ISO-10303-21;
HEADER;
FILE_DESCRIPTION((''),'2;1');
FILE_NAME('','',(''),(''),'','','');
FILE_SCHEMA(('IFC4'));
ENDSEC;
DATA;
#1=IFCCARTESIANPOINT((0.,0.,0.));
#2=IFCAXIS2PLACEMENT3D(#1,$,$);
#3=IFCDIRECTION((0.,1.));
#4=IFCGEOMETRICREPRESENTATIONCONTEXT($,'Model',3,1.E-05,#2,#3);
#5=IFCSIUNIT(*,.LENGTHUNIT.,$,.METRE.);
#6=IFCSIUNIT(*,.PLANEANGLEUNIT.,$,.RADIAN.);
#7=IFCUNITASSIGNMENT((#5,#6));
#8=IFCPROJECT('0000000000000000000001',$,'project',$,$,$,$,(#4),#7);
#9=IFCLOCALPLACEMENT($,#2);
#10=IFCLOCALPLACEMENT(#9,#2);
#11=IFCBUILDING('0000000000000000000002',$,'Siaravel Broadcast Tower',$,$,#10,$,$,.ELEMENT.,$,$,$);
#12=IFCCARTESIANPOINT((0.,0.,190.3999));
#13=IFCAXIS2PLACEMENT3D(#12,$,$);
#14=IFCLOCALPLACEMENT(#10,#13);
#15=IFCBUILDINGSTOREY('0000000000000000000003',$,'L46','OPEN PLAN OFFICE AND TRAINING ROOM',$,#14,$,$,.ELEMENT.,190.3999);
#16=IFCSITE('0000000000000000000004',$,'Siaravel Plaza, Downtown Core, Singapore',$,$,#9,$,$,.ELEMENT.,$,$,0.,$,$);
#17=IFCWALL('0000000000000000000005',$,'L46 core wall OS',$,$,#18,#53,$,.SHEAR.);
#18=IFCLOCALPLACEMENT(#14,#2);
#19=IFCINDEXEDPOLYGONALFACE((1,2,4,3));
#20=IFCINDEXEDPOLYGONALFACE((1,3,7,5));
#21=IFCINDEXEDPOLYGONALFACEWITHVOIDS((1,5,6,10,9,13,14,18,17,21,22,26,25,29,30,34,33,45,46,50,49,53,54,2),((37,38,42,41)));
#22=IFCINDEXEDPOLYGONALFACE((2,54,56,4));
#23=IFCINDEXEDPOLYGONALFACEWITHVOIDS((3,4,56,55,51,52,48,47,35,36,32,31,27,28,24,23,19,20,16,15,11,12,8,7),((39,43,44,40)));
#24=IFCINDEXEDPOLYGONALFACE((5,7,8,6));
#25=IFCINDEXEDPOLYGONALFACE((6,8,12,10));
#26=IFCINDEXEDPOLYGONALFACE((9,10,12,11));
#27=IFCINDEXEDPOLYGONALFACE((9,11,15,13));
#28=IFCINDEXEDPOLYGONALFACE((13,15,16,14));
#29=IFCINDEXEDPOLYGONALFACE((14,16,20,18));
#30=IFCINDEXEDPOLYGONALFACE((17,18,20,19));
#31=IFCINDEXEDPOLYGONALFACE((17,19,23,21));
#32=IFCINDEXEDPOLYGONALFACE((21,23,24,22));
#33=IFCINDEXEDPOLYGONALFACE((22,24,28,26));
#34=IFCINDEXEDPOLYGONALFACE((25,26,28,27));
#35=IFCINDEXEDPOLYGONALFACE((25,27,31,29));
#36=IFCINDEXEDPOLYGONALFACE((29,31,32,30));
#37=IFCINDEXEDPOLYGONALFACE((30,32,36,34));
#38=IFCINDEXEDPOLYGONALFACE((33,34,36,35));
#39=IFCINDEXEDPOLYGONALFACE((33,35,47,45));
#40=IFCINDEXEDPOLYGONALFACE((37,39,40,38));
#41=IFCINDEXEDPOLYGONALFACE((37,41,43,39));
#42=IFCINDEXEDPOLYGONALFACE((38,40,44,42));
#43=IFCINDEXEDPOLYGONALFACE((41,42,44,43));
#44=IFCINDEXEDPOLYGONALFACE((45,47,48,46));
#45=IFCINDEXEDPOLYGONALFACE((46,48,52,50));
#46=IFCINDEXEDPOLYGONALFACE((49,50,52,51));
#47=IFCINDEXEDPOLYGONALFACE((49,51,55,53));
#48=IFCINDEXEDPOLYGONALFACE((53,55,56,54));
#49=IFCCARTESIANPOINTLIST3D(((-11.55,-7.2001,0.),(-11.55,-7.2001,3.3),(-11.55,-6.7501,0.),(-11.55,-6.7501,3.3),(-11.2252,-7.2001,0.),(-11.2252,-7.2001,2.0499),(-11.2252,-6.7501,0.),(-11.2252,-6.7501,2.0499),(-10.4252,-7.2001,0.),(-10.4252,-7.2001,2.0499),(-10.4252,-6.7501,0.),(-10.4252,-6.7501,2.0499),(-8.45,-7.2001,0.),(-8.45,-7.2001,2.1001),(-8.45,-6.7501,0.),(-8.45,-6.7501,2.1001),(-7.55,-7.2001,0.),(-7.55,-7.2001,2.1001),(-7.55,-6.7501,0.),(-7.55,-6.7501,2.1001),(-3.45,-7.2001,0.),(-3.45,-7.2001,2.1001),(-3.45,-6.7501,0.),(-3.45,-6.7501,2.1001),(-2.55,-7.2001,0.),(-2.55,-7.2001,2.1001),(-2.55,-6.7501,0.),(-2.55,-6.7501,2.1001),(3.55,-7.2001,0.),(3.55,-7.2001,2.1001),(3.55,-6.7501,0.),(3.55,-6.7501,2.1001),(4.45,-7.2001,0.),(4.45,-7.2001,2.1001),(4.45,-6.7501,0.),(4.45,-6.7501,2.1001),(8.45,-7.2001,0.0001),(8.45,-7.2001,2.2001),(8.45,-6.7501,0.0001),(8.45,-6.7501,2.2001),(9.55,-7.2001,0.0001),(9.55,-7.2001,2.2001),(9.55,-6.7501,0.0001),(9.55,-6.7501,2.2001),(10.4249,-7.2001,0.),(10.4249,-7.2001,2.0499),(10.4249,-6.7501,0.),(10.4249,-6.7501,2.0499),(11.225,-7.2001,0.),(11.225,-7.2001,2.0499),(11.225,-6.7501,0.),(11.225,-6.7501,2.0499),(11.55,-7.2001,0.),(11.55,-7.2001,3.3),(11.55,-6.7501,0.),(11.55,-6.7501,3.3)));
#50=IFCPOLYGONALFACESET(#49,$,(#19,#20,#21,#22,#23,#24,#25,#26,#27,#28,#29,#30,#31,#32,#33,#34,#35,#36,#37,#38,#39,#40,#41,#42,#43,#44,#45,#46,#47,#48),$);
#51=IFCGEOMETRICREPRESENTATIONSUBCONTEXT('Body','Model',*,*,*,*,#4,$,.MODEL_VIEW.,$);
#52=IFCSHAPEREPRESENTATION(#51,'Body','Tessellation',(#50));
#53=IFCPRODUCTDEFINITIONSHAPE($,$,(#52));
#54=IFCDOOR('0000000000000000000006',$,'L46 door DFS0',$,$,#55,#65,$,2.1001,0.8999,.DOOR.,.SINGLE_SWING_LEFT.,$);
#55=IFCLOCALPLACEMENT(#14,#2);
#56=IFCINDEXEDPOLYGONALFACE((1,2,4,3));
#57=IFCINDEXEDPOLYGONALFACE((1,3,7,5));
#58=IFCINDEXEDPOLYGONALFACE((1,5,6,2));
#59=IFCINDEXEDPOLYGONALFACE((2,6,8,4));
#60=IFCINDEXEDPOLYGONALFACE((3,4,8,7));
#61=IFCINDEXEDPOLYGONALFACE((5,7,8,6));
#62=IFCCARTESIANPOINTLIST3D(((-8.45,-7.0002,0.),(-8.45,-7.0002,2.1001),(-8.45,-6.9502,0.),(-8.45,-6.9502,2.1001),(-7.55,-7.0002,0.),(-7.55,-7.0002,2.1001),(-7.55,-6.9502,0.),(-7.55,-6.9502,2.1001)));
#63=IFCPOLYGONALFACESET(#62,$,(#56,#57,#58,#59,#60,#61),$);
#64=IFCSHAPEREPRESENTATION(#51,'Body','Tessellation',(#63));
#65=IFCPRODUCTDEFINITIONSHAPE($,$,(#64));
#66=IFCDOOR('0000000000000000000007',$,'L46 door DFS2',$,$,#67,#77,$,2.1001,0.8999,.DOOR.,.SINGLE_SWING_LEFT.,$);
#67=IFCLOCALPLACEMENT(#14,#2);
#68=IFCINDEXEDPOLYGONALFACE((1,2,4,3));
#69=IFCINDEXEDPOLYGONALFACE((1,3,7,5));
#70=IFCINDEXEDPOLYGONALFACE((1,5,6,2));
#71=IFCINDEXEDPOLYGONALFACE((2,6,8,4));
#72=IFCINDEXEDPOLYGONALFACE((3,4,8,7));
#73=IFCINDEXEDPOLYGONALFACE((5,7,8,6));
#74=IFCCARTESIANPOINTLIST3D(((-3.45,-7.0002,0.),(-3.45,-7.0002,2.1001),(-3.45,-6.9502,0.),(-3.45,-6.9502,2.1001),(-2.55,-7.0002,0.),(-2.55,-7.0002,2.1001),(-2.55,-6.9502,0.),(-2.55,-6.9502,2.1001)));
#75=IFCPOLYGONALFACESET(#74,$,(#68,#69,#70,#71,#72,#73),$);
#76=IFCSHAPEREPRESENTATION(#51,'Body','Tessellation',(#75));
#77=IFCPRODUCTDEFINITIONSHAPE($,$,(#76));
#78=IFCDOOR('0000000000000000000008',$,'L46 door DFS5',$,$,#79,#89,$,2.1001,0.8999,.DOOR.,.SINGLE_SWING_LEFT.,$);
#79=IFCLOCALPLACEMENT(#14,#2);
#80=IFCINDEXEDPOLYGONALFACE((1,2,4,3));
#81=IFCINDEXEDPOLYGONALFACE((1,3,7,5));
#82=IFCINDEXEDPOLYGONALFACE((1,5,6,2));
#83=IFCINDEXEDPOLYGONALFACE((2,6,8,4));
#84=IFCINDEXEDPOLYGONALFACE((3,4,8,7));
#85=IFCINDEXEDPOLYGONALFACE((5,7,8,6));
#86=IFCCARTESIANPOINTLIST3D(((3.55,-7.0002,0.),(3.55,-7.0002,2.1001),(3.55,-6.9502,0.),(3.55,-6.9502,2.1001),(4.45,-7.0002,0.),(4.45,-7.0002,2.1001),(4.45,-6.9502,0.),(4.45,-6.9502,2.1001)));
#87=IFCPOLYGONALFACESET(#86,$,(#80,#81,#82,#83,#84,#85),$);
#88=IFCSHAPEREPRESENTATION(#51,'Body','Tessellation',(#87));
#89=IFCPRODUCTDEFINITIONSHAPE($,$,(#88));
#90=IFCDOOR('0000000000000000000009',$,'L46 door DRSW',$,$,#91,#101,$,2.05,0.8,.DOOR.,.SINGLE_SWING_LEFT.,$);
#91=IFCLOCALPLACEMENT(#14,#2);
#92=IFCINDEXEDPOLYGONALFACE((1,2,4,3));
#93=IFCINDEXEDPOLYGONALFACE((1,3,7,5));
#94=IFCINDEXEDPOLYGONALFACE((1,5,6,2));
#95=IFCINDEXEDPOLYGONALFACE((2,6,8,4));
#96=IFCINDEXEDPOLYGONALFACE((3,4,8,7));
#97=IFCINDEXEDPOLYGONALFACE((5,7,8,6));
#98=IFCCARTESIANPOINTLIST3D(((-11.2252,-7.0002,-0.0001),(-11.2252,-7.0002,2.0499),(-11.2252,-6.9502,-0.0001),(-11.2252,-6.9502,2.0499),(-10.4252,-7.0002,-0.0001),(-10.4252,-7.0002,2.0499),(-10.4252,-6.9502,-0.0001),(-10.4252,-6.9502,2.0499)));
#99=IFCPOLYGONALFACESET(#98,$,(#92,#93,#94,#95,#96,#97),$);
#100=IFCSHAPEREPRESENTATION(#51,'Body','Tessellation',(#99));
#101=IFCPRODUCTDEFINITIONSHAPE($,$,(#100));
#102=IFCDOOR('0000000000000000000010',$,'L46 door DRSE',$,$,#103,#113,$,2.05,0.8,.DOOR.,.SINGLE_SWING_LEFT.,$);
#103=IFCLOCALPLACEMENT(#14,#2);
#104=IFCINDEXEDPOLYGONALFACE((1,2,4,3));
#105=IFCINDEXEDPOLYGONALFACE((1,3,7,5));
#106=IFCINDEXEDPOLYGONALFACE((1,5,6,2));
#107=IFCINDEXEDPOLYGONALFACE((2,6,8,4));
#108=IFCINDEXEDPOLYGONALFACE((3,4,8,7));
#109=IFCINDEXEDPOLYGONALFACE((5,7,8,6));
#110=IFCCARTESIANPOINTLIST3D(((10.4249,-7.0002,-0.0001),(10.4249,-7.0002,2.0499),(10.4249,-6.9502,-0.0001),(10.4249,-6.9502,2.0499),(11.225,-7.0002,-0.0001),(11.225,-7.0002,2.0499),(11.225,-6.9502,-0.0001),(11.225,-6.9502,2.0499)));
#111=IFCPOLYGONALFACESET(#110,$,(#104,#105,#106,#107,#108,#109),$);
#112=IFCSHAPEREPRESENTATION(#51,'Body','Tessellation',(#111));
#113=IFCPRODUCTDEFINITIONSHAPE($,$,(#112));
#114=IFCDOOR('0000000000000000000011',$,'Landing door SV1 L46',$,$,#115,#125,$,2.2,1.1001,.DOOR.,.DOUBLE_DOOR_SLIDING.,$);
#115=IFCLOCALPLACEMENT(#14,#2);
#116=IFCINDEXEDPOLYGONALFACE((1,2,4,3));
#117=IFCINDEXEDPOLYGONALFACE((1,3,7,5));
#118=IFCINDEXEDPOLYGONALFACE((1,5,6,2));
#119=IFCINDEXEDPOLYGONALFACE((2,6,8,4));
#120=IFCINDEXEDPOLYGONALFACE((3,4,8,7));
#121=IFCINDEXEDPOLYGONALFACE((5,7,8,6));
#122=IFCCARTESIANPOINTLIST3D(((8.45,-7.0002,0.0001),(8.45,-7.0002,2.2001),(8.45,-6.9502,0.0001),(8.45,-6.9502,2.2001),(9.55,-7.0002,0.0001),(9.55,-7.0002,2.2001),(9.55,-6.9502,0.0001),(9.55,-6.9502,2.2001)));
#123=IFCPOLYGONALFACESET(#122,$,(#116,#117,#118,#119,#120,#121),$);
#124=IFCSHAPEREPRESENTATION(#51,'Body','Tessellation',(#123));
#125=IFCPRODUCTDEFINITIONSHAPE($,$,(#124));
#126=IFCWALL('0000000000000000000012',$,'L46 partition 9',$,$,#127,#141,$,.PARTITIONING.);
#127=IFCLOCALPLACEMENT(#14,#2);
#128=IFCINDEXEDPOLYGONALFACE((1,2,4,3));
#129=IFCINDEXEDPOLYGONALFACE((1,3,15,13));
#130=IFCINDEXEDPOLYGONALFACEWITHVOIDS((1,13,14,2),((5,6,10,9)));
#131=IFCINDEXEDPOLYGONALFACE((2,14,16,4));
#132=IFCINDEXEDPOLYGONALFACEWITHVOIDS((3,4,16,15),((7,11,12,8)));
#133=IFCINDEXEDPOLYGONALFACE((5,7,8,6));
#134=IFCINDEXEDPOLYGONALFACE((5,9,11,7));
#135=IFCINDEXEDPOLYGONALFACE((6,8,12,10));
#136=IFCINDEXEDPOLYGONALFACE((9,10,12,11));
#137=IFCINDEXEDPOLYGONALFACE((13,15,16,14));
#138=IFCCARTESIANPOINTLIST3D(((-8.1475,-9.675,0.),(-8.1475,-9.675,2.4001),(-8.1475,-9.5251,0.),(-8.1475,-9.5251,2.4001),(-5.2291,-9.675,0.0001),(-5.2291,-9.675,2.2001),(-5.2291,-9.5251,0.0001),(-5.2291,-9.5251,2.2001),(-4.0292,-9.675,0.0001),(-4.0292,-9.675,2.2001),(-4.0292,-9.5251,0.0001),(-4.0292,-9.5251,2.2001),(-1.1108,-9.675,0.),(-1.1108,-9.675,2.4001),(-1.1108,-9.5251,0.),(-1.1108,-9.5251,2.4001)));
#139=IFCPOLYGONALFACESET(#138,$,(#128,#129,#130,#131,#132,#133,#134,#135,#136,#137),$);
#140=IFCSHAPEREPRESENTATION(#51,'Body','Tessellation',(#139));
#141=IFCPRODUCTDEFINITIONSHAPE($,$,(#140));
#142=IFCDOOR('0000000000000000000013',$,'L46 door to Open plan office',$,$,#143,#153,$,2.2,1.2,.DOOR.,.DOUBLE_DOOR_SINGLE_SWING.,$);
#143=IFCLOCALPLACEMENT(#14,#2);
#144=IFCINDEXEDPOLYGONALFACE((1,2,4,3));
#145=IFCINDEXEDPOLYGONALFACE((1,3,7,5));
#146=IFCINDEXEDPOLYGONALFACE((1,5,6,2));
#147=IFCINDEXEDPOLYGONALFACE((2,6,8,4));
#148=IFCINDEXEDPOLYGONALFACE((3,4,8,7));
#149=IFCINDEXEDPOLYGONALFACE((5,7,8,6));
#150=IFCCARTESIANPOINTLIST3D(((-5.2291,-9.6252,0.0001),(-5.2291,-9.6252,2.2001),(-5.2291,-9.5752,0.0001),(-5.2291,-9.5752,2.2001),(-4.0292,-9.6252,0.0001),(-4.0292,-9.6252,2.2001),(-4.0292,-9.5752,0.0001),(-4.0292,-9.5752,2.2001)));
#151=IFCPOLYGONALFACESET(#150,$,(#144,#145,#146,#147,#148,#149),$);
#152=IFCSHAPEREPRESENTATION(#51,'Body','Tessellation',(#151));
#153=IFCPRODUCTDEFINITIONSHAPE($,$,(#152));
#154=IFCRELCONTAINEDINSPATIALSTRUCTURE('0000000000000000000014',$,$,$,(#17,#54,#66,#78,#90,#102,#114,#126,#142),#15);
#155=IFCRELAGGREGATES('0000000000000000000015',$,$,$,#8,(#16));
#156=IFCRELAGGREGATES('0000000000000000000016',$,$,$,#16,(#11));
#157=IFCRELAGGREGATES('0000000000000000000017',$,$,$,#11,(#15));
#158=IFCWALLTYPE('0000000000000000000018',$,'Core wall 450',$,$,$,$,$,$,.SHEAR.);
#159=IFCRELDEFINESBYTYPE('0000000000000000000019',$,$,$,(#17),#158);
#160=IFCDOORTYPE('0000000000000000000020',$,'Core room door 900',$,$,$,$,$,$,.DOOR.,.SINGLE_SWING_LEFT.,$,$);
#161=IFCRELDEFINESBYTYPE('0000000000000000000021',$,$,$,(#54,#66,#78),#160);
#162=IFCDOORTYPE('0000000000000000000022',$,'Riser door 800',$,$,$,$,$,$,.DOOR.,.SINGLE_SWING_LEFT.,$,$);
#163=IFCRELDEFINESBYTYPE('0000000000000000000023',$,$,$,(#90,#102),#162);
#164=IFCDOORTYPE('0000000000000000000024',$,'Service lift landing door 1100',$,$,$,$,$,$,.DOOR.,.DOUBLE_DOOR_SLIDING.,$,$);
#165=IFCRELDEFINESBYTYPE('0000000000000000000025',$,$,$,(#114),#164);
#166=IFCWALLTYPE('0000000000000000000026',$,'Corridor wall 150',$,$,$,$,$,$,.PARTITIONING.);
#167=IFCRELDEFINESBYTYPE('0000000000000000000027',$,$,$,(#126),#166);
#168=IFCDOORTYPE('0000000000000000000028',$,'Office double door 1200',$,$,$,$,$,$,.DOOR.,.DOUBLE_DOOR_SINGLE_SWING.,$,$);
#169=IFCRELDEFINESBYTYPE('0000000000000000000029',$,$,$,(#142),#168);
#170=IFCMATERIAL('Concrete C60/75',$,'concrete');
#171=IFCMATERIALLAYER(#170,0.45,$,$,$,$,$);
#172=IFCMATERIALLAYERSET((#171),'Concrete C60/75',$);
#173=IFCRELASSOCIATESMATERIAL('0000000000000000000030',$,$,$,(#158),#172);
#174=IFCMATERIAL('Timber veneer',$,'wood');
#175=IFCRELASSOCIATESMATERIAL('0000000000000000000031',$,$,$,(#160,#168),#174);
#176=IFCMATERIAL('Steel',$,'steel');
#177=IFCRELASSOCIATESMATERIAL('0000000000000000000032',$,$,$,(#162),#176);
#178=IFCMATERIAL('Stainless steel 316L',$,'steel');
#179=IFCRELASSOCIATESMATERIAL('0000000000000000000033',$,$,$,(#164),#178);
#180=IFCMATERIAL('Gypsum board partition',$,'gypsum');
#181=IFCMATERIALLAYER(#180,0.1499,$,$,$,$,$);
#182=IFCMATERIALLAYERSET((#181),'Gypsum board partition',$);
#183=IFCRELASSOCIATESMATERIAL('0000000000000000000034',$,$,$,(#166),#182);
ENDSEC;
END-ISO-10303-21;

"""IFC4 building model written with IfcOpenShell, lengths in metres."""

from ifc_helpers import new_model, si_unit, direction, frame, frame_2d, origin, place, context, subcontext, project, spatial, rectangle, extrude, material, layer, layer_set, type_object, element, fill, save


model = new_model("IFC4")

# Units and contexts
model_context = context("Model", 3, precision=1e-05, world=origin(), true_north=direction((0.0, 1.0)))
body_context = subcontext(model_context, "Body", "Model", "MODEL_VIEW")
ifc_project = project(units=[si_unit("LENGTHUNIT", "METRE"), si_unit("PLANEANGLEUNIT", "RADIAN")], contexts=[model_context])

# Site, building, storey
site_placement = place(None, origin())
site = spatial("IfcSite", under=ifc_project, at=site_placement, Name="Siaravel Plaza, Downtown Core, Singapore", CompositionType="ELEMENT", RefElevation=0.0)
building_placement = place(site_placement, origin())
building = spatial("IfcBuilding", under=site, at=building_placement, Name="Siaravel Broadcast Tower", CompositionType="ELEMENT")
storey_placement = place(building_placement, frame((0.0, 0.0, 190.3999)))
storey = spatial("IfcBuildingStorey", under=building, at=storey_placement, Name="L46", Description="OPEN PLAN OFFICE AND TRAINING ROOM", CompositionType="ELEMENT", Elevation=190.3999)

# Shared definitions
ifc_material_1 = material(Name="Concrete C60/75", Category="concrete")

# Shared definitions
ifc_layer_1 = layer(ifc_material_1, 0.45)
ifc_layer_set_1 = layer_set([ifc_layer_1], Name="Concrete C60/75")
wall_type_1 = type_object("IfcWallType", Name="Core wall 450", PredefinedType="SHEAR", material=ifc_layer_set_1)
ifc_material_2 = material(Name="Steel", Category="steel")

# Wall, openings, doors
wall_1_placement = place(storey_placement, frame((-11.55, -6.9751, 0.0), z_axis=(0.0, 0.0, 1.0), x_axis=(1.0, 0.0, 0.0)))
wall_1 = element("IfcWall", 1, at=wall_1_placement, inside=storey, type_object=wall_type_1, Name="L46 core wall OS", PredefinedType="SHEAR", context=body_context, shape_type="SweptSolid", body=[
    extrude(rectangle(XDim=23.1001, YDim=0.45, at=frame_2d((11.55, 0.0))), origin(), (0.0, 0.0, 1.0), 3.3),
])
opening_1_placement = place(wall_1_placement, frame((20.0, 0.0, 0.0)))
opening_1 = element("IfcOpeningElement", 2, at=opening_1_placement, cuts=wall_1, PredefinedType="OPENING", context=body_context, shape_type="SweptSolid", body=[
    extrude(rectangle(XDim=1.1001, YDim=2.2, at=frame_2d((0.55, 1.1001))), frame((0.0, 0.2349, 0.0), z_axis=(0.0, -1.0, 0.0), x_axis=(1.0, 0.0, 0.0)), (0.0, 0.0, 1.0), 0.47),
])
opening_2_placement = place(wall_1_placement, frame((3.1001, 0.0, 0.0)))
opening_2 = element("IfcOpeningElement", 3, at=opening_2_placement, cuts=wall_1, PredefinedType="OPENING", context=body_context, shape_type="SweptSolid", body=[
    extrude(rectangle(XDim=0.8999, YDim=2.1001, at=frame_2d((0.45, 1.05))), frame((0.0, 0.2349, 0.0), z_axis=(0.0, -1.0, 0.0), x_axis=(1.0, 0.0, 0.0)), (0.0, 0.0, 1.0), 0.47),
])
opening_3_placement = place(wall_1_placement, frame((8.1001, 0.0, 0.0)))
opening_3 = element("IfcOpeningElement", 4, at=opening_3_placement, cuts=wall_1, PredefinedType="OPENING", context=body_context, shape_type="SweptSolid", body=[
    extrude(rectangle(XDim=0.8999, YDim=2.1001, at=frame_2d((0.45, 1.05))), frame((0.0, 0.2349, 0.0), z_axis=(0.0, -1.0, 0.0), x_axis=(1.0, 0.0, 0.0)), (0.0, 0.0, 1.0), 0.47),
])
opening_4_placement = place(wall_1_placement, frame((15.1001, 0.0, 0.0)))
opening_4 = element("IfcOpeningElement", 5, at=opening_4_placement, cuts=wall_1, PredefinedType="OPENING", context=body_context, shape_type="SweptSolid", body=[
    extrude(rectangle(XDim=0.8999, YDim=2.1001, at=frame_2d((0.45, 1.05))), frame((0.0, 0.2349, 0.0), z_axis=(0.0, -1.0, 0.0), x_axis=(1.0, 0.0, 0.0)), (0.0, 0.0, 1.0), 0.47),
])
opening_5_placement = place(wall_1_placement, frame((0.325, 0.0, 0.0)))
opening_5 = element("IfcOpeningElement", 6, at=opening_5_placement, cuts=wall_1, PredefinedType="OPENING", context=body_context, shape_type="SweptSolid", body=[
    extrude(rectangle(XDim=0.8, YDim=2.05, at=frame_2d((0.3999, 1.0249))), frame((0.0, 0.2349, 0.0), z_axis=(0.0, -1.0, 0.0), x_axis=(1.0, 0.0, 0.0)), (0.0, 0.0, 1.0), 0.47),
])
opening_6_placement = place(wall_1_placement, frame((21.9751, 0.0, 0.0)))
opening_6 = element("IfcOpeningElement", 7, at=opening_6_placement, cuts=wall_1, PredefinedType="OPENING", context=body_context, shape_type="SweptSolid", body=[
    extrude(rectangle(XDim=0.8, YDim=2.05, at=frame_2d((0.3999, 1.0249))), frame((0.0, 0.2349, 0.0), z_axis=(0.0, -1.0, 0.0), x_axis=(1.0, 0.0, 0.0)), (0.0, 0.0, 1.0), 0.47),
])
ifc_material_3 = material(Name="Timber veneer", Category="wood")
door_type_1 = type_object("IfcDoorType", Name="Core room door 900", OperationType="SINGLE_SWING_LEFT", PredefinedType="DOOR", material=ifc_material_3)
door_1_placement = place(opening_2_placement, origin())
door_1 = element("IfcDoor", 8, at=door_1_placement, inside=storey, type_object=door_type_1, Name="L46 door DFS0", OperationType="SINGLE_SWING_LEFT", OverallHeight=2.1001, OverallWidth=0.8999, PredefinedType="DOOR", context=body_context, shape_type="SweptSolid", body=[
    extrude(rectangle(XDim=0.8999, YDim=2.1001, at=frame_2d((0.45, 1.05))), frame((0.0, 0.0249, 0.0), z_axis=(0.0, -1.0, 0.0), x_axis=(1.0, 0.0, 0.0)), (0.0, 0.0, 1.0), 0.05),
])
fill(opening_2, door_1)
door_2_placement = place(opening_3_placement, origin())
door_2 = element("IfcDoor", 9, at=door_2_placement, inside=storey, type_object=door_type_1, Name="L46 door DFS2", OperationType="SINGLE_SWING_LEFT", OverallHeight=2.1001, OverallWidth=0.8999, PredefinedType="DOOR", context=body_context, shape_type="SweptSolid", body=[
    extrude(rectangle(XDim=0.8999, YDim=2.1001, at=frame_2d((0.45, 1.05))), frame((0.0, 0.0249, 0.0), z_axis=(0.0, -1.0, 0.0), x_axis=(1.0, 0.0, 0.0)), (0.0, 0.0, 1.0), 0.05),
])
fill(opening_3, door_2)
door_3_placement = place(opening_4_placement, origin())
door_3 = element("IfcDoor", 10, at=door_3_placement, inside=storey, type_object=door_type_1, Name="L46 door DFS5", OperationType="SINGLE_SWING_LEFT", OverallHeight=2.1001, OverallWidth=0.8999, PredefinedType="DOOR", context=body_context, shape_type="SweptSolid", body=[
    extrude(rectangle(XDim=0.8999, YDim=2.1001, at=frame_2d((0.45, 1.05))), frame((0.0, 0.0249, 0.0), z_axis=(0.0, -1.0, 0.0), x_axis=(1.0, 0.0, 0.0)), (0.0, 0.0, 1.0), 0.05),
])
fill(opening_4, door_3)
door_type_2 = type_object("IfcDoorType", Name="Riser door 800", OperationType="SINGLE_SWING_LEFT", PredefinedType="DOOR", material=ifc_material_2)
door_4_placement = place(opening_5_placement, origin())
door_4 = element("IfcDoor", 11, at=door_4_placement, inside=storey, type_object=door_type_2, Name="L46 door DRSW", OperationType="SINGLE_SWING_LEFT", OverallHeight=2.05, OverallWidth=0.8, PredefinedType="DOOR", context=body_context, shape_type="SweptSolid", body=[
    extrude(rectangle(XDim=0.8, YDim=2.05, at=frame_2d((0.3999, 1.0249))), frame((0.0, 0.0249, 0.0), z_axis=(0.0, -1.0, 0.0), x_axis=(1.0, 0.0, 0.0)), (0.0, 0.0, 1.0), 0.05),
])
fill(opening_5, door_4)
door_5_placement = place(opening_6_placement, origin())
door_5 = element("IfcDoor", 12, at=door_5_placement, inside=storey, type_object=door_type_2, Name="L46 door DRSE", OperationType="SINGLE_SWING_LEFT", OverallHeight=2.05, OverallWidth=0.8, PredefinedType="DOOR", context=body_context, shape_type="SweptSolid", body=[
    extrude(rectangle(XDim=0.8, YDim=2.05, at=frame_2d((0.3999, 1.0249))), frame((0.0, 0.0249, 0.0), z_axis=(0.0, -1.0, 0.0), x_axis=(1.0, 0.0, 0.0)), (0.0, 0.0, 1.0), 0.05),
])
fill(opening_6, door_5)
ifc_material_4 = material(Name="Stainless steel 316L", Category="steel")
door_type_3 = type_object("IfcDoorType", Name="Service lift landing door 1100", OperationType="DOUBLE_DOOR_SLIDING", PredefinedType="DOOR", material=ifc_material_4)
door_6_placement = place(opening_1_placement, origin())
door_6 = element("IfcDoor", 13, at=door_6_placement, inside=storey, type_object=door_type_3, Name="Landing door SV1 L46", OperationType="DOUBLE_DOOR_SLIDING", OverallHeight=2.2, OverallWidth=1.1001, PredefinedType="DOOR", context=body_context, shape_type="SweptSolid", body=[
    extrude(rectangle(XDim=1.1001, YDim=2.2, at=frame_2d((0.55, 1.1001))), frame((0.0, 0.0249, 0.0), z_axis=(0.0, -1.0, 0.0), x_axis=(1.0, 0.0, 0.0)), (0.0, 0.0, 1.0), 0.05),
])
fill(opening_1, door_6)

# Wall, opening, door
ifc_material_5 = material(Name="Gypsum board partition", Category="gypsum")
ifc_layer_2 = layer(ifc_material_5, 0.1499)
ifc_layer_set_2 = layer_set([ifc_layer_2], Name="Gypsum board partition")
wall_type_2 = type_object("IfcWallType", Name="Corridor wall 150", PredefinedType="PARTITIONING", material=ifc_layer_set_2)
wall_2_placement = place(storey_placement, frame((-8.1475, -9.6001, 0.0), z_axis=(0.0, 0.0, 1.0), x_axis=(1.0, 0.0, 0.0)))
wall_2 = element("IfcWall", 14, at=wall_2_placement, inside=storey, type_object=wall_type_2, Name="L46 partition 9", PredefinedType="PARTITIONING", context=body_context, shape_type="SweptSolid", body=[
    extrude(rectangle(XDim=7.0366, YDim=0.1499, at=frame_2d((3.5183, 0.0))), origin(), (0.0, 0.0, 1.0), 2.4001),
])
opening_7_placement = place(wall_2_placement, frame((2.9182, 0.0, 0.0)))
opening_7 = element("IfcOpeningElement", 15, at=opening_7_placement, cuts=wall_2, PredefinedType="OPENING", context=body_context, shape_type="SweptSolid", body=[
    extrude(rectangle(XDim=1.2, YDim=2.2, at=frame_2d((0.6001, 1.1001))), frame((0.0, 0.085, 0.0), z_axis=(0.0, -1.0, 0.0), x_axis=(1.0, 0.0, 0.0)), (0.0, 0.0, 1.0), 0.1699),
])
door_type_4 = type_object("IfcDoorType", Name="Office double door 1200", OperationType="DOUBLE_DOOR_SINGLE_SWING", PredefinedType="DOOR", material=ifc_material_3)
door_7_placement = place(opening_7_placement, origin())
door_7 = element("IfcDoor", 16, at=door_7_placement, inside=storey, type_object=door_type_4, Name="L46 door to Open plan office", OperationType="DOUBLE_DOOR_SINGLE_SWING", OverallHeight=2.2, OverallWidth=1.2, PredefinedType="DOOR", context=body_context, shape_type="SweptSolid", body=[
    extrude(rectangle(XDim=1.2, YDim=2.2, at=frame_2d((0.6001, 1.1001))), frame((0.0, 0.0249, 0.0), z_axis=(0.0, -1.0, 0.0), x_axis=(1.0, 0.0, 0.0)), (0.0, 0.0, 1.0), 0.05),
])
fill(opening_7, door_7)

save(model, "model.ifc")
